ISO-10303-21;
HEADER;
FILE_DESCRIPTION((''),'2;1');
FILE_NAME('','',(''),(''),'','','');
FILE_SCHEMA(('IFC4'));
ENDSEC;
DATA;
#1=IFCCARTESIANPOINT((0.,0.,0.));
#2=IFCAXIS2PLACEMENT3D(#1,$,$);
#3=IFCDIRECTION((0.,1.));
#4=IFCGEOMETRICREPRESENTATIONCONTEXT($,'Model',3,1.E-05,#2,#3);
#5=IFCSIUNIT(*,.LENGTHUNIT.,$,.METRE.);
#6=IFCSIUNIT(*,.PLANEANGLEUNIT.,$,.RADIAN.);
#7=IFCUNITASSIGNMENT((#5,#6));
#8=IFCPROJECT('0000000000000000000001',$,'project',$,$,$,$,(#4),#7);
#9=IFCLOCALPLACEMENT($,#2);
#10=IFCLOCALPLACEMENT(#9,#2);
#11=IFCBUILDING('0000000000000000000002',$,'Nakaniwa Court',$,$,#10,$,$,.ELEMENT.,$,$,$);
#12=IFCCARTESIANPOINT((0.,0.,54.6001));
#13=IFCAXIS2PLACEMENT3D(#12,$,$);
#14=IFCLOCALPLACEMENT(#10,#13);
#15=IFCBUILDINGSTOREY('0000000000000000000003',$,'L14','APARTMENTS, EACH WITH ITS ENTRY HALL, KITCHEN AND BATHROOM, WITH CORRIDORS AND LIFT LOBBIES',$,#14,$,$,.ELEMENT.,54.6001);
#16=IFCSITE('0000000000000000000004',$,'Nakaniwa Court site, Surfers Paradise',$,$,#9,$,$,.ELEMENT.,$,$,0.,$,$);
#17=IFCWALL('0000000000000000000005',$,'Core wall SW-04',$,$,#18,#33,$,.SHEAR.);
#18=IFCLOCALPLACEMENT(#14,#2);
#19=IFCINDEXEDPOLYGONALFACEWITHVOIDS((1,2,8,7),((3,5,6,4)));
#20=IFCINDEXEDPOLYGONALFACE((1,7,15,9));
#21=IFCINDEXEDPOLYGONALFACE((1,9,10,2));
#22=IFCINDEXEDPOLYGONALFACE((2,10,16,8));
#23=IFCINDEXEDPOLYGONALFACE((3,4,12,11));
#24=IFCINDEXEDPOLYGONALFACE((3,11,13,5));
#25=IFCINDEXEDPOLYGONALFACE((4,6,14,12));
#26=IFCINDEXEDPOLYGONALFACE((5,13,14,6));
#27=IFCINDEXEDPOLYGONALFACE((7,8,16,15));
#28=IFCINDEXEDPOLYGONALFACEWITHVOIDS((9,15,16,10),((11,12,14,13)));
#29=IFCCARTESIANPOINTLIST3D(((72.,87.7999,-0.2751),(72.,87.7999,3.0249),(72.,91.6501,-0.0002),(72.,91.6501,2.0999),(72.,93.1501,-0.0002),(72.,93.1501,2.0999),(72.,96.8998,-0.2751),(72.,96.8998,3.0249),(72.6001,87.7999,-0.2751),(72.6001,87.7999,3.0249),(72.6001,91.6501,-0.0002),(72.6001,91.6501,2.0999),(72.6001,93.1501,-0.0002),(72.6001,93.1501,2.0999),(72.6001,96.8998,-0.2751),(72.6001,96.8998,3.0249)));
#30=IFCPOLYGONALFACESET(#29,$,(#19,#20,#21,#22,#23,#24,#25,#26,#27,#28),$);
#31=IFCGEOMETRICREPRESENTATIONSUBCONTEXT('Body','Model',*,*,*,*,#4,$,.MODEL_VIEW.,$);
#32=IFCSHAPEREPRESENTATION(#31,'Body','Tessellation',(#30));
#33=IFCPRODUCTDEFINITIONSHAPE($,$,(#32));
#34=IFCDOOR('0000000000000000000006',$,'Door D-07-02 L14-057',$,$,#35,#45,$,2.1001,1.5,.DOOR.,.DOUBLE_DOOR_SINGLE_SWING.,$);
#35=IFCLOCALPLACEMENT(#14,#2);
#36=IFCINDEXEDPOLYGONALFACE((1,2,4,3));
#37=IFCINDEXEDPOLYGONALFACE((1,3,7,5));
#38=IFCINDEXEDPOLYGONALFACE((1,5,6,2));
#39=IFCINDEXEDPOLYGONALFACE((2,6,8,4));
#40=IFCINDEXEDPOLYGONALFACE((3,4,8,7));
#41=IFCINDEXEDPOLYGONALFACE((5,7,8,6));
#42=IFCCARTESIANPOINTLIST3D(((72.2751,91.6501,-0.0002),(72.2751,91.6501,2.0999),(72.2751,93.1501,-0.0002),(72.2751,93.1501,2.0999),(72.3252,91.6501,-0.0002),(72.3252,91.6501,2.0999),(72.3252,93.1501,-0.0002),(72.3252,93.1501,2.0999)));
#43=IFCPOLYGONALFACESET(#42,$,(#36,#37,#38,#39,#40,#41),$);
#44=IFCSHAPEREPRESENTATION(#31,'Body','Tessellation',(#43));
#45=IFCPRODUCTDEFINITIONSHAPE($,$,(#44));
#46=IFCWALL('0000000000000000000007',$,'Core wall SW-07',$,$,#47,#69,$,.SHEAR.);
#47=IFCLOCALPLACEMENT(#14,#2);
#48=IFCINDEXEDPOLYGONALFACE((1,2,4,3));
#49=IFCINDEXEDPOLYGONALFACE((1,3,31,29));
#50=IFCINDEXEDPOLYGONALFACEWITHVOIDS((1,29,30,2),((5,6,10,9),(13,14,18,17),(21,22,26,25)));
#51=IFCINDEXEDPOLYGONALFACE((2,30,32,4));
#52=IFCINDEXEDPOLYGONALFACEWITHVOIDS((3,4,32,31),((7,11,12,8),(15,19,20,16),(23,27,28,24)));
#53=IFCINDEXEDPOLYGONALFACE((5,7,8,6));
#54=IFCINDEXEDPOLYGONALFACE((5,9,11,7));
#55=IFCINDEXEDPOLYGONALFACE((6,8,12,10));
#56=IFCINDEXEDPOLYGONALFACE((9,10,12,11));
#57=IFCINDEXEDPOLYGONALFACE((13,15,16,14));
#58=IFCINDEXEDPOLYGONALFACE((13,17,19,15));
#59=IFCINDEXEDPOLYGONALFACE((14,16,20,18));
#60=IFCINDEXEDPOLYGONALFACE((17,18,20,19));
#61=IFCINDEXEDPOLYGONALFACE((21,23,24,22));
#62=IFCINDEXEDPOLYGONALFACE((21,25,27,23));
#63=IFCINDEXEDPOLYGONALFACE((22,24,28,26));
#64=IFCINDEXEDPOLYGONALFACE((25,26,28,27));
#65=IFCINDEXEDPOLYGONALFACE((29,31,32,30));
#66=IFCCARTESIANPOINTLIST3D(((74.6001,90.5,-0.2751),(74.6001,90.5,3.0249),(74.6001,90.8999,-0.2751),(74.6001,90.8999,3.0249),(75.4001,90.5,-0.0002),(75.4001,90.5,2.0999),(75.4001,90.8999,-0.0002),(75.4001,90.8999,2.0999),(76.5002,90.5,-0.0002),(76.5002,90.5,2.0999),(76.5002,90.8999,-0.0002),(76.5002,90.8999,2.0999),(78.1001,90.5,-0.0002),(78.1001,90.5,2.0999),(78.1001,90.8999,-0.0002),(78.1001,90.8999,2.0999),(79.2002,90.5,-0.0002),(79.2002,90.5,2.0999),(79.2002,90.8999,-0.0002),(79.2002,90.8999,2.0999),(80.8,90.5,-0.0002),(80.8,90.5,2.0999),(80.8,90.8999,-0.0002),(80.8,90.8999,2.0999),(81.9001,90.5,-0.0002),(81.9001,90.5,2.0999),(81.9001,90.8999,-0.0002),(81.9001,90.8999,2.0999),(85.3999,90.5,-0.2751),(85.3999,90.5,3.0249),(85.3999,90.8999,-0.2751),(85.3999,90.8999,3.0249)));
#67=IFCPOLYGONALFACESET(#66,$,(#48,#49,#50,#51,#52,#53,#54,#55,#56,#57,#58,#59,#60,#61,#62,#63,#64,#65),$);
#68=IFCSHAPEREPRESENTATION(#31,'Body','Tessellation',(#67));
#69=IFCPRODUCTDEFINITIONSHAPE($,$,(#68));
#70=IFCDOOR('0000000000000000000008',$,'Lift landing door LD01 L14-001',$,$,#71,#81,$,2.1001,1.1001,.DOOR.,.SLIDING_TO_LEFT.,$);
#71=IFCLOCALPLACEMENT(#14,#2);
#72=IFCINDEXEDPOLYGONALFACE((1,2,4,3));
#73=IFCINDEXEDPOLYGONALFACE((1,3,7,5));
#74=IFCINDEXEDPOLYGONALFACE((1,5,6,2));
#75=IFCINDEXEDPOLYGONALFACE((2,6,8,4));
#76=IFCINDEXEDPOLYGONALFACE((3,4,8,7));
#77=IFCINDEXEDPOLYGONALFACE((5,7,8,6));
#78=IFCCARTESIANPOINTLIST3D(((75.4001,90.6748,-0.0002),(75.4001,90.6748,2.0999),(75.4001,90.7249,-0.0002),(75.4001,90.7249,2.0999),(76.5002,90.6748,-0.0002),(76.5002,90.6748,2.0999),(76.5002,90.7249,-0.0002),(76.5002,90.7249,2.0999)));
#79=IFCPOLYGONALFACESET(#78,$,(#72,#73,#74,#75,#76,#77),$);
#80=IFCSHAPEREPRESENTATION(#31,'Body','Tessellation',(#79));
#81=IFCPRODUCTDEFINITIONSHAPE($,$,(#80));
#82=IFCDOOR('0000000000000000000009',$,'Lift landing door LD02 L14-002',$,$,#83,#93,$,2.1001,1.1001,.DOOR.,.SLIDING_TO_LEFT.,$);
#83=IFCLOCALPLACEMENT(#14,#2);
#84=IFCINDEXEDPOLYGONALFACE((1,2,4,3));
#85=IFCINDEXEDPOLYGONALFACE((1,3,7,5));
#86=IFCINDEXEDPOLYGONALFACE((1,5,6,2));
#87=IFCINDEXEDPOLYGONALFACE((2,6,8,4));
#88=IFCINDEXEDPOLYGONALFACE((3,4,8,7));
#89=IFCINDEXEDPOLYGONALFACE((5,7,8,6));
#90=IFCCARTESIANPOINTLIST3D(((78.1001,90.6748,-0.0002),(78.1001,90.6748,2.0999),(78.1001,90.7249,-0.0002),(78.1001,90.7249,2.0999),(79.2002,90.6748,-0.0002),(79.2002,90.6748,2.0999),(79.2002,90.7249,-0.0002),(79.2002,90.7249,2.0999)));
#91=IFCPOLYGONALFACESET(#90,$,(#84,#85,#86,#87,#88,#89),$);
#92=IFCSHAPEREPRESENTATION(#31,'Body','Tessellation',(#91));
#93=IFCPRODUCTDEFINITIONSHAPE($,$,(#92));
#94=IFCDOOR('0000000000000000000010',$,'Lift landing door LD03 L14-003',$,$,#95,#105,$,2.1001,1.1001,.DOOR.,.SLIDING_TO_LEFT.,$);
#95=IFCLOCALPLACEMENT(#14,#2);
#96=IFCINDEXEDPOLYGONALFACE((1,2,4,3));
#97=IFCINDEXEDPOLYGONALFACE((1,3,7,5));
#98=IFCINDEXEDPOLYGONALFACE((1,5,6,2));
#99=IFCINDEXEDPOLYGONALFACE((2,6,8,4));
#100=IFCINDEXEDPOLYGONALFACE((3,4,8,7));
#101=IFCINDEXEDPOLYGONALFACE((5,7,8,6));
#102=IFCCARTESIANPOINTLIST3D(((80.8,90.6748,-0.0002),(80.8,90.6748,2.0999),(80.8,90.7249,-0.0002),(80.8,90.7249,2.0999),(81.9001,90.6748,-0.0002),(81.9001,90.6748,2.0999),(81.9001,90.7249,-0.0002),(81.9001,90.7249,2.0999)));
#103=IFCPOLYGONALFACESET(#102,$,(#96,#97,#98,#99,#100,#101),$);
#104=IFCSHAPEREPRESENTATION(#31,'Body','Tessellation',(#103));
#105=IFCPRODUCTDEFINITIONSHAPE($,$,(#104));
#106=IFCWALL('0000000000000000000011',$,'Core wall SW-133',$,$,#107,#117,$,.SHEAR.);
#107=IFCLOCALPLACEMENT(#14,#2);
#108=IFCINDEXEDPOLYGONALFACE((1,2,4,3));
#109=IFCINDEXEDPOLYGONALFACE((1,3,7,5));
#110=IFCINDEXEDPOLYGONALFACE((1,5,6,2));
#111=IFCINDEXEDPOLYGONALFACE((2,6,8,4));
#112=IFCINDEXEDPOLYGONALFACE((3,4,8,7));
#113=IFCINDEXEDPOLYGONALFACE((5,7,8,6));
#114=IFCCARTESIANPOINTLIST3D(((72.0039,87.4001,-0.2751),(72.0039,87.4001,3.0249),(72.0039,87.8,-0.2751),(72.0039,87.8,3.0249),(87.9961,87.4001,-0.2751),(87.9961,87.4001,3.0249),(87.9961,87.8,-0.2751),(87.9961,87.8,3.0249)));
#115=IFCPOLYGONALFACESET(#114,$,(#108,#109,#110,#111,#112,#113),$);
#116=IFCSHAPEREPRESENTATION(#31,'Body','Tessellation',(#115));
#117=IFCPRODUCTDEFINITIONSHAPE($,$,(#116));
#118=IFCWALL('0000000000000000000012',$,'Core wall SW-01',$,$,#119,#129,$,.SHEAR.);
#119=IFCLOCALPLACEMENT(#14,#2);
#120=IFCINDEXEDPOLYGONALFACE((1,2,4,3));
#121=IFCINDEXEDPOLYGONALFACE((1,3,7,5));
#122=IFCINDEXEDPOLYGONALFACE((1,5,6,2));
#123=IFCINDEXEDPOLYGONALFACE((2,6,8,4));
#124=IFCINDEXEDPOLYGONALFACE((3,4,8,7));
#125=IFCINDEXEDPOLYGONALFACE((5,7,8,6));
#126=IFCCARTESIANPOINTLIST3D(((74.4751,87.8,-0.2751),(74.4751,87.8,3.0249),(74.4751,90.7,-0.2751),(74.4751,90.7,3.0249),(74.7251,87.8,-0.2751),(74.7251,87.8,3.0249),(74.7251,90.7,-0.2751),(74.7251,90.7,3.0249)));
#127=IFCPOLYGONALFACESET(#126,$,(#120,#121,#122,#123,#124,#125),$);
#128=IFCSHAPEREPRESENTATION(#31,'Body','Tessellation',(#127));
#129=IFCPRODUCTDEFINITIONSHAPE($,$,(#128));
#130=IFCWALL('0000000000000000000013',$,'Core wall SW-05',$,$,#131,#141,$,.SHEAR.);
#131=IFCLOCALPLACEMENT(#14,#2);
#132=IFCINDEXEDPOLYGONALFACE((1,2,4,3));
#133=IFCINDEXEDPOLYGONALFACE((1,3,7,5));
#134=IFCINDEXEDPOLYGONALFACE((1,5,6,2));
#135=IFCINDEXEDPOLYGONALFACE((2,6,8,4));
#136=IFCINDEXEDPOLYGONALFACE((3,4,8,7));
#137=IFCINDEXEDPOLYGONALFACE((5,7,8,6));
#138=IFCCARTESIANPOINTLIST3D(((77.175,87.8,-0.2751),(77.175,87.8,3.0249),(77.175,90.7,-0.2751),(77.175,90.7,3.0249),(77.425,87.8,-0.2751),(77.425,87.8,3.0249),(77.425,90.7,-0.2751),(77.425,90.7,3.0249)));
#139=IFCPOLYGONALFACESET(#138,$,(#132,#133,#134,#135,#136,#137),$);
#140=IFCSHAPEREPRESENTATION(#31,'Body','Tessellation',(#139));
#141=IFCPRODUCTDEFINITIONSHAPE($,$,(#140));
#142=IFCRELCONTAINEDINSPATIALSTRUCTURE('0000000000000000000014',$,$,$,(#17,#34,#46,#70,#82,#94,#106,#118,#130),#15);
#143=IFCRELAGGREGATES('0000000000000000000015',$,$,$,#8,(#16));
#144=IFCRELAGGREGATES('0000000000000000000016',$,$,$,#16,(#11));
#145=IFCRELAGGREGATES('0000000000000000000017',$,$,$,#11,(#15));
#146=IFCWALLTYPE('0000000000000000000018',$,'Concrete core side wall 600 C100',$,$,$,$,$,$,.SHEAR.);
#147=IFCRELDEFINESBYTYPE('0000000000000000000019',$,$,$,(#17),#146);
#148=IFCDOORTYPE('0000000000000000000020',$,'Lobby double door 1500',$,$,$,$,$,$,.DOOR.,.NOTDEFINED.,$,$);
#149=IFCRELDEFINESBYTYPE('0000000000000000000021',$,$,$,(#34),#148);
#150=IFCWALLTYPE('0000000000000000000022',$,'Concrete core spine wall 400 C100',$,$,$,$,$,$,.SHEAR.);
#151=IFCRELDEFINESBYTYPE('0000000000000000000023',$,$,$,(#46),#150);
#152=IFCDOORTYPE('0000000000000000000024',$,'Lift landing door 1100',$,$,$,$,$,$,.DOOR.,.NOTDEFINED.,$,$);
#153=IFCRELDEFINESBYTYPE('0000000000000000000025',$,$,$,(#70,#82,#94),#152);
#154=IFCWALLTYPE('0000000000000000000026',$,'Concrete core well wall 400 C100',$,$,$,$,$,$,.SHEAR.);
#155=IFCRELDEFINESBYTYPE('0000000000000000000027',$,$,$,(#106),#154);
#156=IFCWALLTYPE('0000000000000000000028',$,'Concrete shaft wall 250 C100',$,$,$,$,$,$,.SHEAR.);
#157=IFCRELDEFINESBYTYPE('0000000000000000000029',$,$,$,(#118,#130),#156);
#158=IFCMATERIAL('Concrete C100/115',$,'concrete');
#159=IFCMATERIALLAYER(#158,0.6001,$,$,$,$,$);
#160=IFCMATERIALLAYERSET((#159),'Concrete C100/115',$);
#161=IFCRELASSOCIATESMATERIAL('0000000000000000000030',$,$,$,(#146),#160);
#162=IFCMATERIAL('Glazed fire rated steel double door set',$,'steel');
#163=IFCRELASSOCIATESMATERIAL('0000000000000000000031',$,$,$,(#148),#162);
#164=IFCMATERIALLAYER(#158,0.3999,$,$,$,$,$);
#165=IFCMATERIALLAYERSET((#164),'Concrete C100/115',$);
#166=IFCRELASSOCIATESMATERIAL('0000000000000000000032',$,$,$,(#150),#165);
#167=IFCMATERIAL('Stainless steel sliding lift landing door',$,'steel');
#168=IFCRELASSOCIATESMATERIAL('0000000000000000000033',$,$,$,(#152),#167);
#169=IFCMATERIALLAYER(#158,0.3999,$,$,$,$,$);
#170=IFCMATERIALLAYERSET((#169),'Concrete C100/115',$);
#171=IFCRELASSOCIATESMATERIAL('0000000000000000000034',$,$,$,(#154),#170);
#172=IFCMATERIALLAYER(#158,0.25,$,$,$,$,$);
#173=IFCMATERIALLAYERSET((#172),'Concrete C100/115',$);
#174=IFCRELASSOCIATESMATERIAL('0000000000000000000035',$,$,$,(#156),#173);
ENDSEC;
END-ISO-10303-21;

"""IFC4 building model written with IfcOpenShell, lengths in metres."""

from ifc_helpers import new_model, si_unit, direction, frame, frame_2d, origin, place, context, subcontext, project, spatial, rectangle, extrude, material, layer, layer_set, type_object, element, fill, save


model = new_model("IFC4")

# Units and contexts
model_context = context("Model", 3, precision=1e-05, world=origin(), true_north=direction((0.0, 1.0)))
body_context = subcontext(model_context, "Body", "Model", "MODEL_VIEW")
ifc_project = project(units=[si_unit("LENGTHUNIT", "METRE"), si_unit("PLANEANGLEUNIT", "RADIAN")], contexts=[model_context])

# Site, building, storey
site_placement = place(None, origin())
site = spatial("IfcSite", under=ifc_project, at=site_placement, Name="Nakaniwa Court site, Surfers Paradise", CompositionType="ELEMENT", RefElevation=0.0)
building_placement = place(site_placement, origin())
building = spatial("IfcBuilding", under=site, at=building_placement, Name="Nakaniwa Court", CompositionType="ELEMENT")
storey_placement = place(building_placement, frame((0.0, 0.0, 54.6001)))
storey = spatial("IfcBuildingStorey", under=building, at=storey_placement, Name="L14", Description="APARTMENTS, EACH WITH ITS ENTRY HALL, KITCHEN AND BATHROOM, WITH CORRIDORS AND LIFT LOBBIES", CompositionType="ELEMENT", Elevation=54.6001)

# Shared definitions
ifc_material_1 = material(Name="Concrete C100/115", Category="concrete")

# Wall, opening, door
ifc_layer_1 = layer(ifc_material_1, 0.6001)
ifc_layer_set_1 = layer_set([ifc_layer_1], Name="Concrete C100/115")
wall_type_1 = type_object("IfcWallType", Name="Concrete core side wall 600 C100", PredefinedType="SHEAR", material=ifc_layer_set_1)
wall_1_placement = place(storey_placement, frame((72.3, 87.8, -0.2751), z_axis=(0.0, 0.0, 1.0), x_axis=(0.0, 1.0, 0.0)))
wall_1 = element("IfcWall", 1, at=wall_1_placement, inside=storey, type_object=wall_type_1, Name="Core wall SW-04", PredefinedType="SHEAR", context=body_context, shape_type="SweptSolid", body=[
    extrude(rectangle(XDim=9.0999, YDim=0.6001, at=frame_2d((4.5498, 0.0))), origin(), (0.0, 0.0, 1.0), 3.3),
])
opening_1_placement = place(wall_1_placement, frame((3.8501, 0.0, 0.2749)))
opening_1 = element("IfcOpeningElement", 2, at=opening_1_placement, cuts=wall_1, PredefinedType="OPENING", context=body_context, shape_type="SweptSolid", body=[
    extrude(rectangle(XDim=1.5, YDim=2.1001, at=frame_2d((0.75, 1.05))), frame((0.0, 0.3101, 0.0), z_axis=(0.0, -1.0, 0.0), x_axis=(1.0, 0.0, 0.0)), (0.0, 0.0, 1.0), 0.6201),
])
ifc_material_2 = material(Name="Glazed fire rated steel double door set", Category="steel")
door_type_1 = type_object("IfcDoorType", Name="Lobby double door 1500", OperationType="NOTDEFINED", PredefinedType="DOOR", material=ifc_material_2)
door_1_placement = place(opening_1_placement, origin())
door_1 = element("IfcDoor", 3, at=door_1_placement, inside=storey, type_object=door_type_1, Name="Door D-07-02 L14-057", OperationType="DOUBLE_DOOR_SINGLE_SWING", OverallHeight=2.1001, OverallWidth=1.5, PredefinedType="DOOR", context=body_context, shape_type="SweptSolid", body=[
    extrude(rectangle(XDim=1.5, YDim=2.1001, at=frame_2d((0.75, 1.05))), frame((0.0, 0.0249, 0.0), z_axis=(0.0, -1.0, 0.0), x_axis=(1.0, 0.0, 0.0)), (0.0, 0.0, 1.0), 0.05),
])
fill(opening_1, door_1)

# Wall, openings, doors
ifc_layer_2 = layer(ifc_material_1, 0.3999)
ifc_layer_set_2 = layer_set([ifc_layer_2], Name="Concrete C100/115")
wall_type_2 = type_object("IfcWallType", Name="Concrete core spine wall 400 C100", PredefinedType="SHEAR", material=ifc_layer_set_2)
wall_2_placement = place(storey_placement, frame((74.6001, 90.7, -0.2751), z_axis=(0.0, 0.0, 1.0), x_axis=(1.0, 0.0, 0.0)))
wall_2 = element("IfcWall", 4, at=wall_2_placement, inside=storey, type_object=wall_type_2, Name="Core wall SW-07", PredefinedType="SHEAR", context=body_context, shape_type="SweptSolid", body=[
    extrude(rectangle(XDim=10.7998, YDim=0.3999, at=frame_2d((5.3999, 0.0))), origin(), (0.0, 0.0, 1.0), 3.3),
])
opening_2_placement = place(wall_2_placement, frame((0.8, 0.0, 0.2749)))
opening_2 = element("IfcOpeningElement", 5, at=opening_2_placement, cuts=wall_2, PredefinedType="OPENING", context=body_context, shape_type="SweptSolid", body=[
    extrude(rectangle(XDim=1.1001, YDim=2.1001, at=frame_2d((0.55, 1.05))), frame((0.0, 0.21, 0.0), z_axis=(0.0, -1.0, 0.0), x_axis=(1.0, 0.0, 0.0)), (0.0, 0.0, 1.0), 0.4199),
])
opening_3_placement = place(wall_2_placement, frame((3.5, 0.0, 0.2749)))
opening_3 = element("IfcOpeningElement", 6, at=opening_3_placement, cuts=wall_2, PredefinedType="OPENING", context=body_context, shape_type="SweptSolid", body=[
    extrude(rectangle(XDim=1.1001, YDim=2.1001, at=frame_2d((0.55, 1.05))), frame((0.0, 0.21, 0.0), z_axis=(0.0, -1.0, 0.0), x_axis=(1.0, 0.0, 0.0)), (0.0, 0.0, 1.0), 0.4199),
])
opening_4_placement = place(wall_2_placement, frame((6.2, 0.0, 0.2749)))
opening_4 = element("IfcOpeningElement", 7, at=opening_4_placement, cuts=wall_2, PredefinedType="OPENING", context=body_context, shape_type="SweptSolid", body=[
    extrude(rectangle(XDim=1.1001, YDim=2.1001, at=frame_2d((0.55, 1.05))), frame((0.0, 0.21, 0.0), z_axis=(0.0, -1.0, 0.0), x_axis=(1.0, 0.0, 0.0)), (0.0, 0.0, 1.0), 0.4199),
])
ifc_material_3 = material(Name="Stainless steel sliding lift landing door", Category="steel")
door_type_2 = type_object("IfcDoorType", Name="Lift landing door 1100", OperationType="NOTDEFINED", PredefinedType="DOOR", material=ifc_material_3)
door_2_placement = place(opening_2_placement, origin())
door_2 = element("IfcDoor", 8, at=door_2_placement, inside=storey, type_object=door_type_2, Name="Lift landing door LD01 L14-001", OperationType="SLIDING_TO_LEFT", OverallHeight=2.1001, OverallWidth=1.1001, PredefinedType="DOOR", context=body_context, shape_type="SweptSolid", body=[
    extrude(rectangle(XDim=1.1001, YDim=2.1001, at=frame_2d((0.55, 1.05))), frame((0.0, 0.0249, 0.0), z_axis=(0.0, -1.0, 0.0), x_axis=(1.0, 0.0, 0.0)), (0.0, 0.0, 1.0), 0.05),
])
fill(opening_2, door_2)
door_3_placement = place(opening_3_placement, origin())
door_3 = element("IfcDoor", 9, at=door_3_placement, inside=storey, type_object=door_type_2, Name="Lift landing door LD02 L14-002", OperationType="SLIDING_TO_LEFT", OverallHeight=2.1001, OverallWidth=1.1001, PredefinedType="DOOR", context=body_context, shape_type="SweptSolid", body=[
    extrude(rectangle(XDim=1.1001, YDim=2.1001, at=frame_2d((0.55, 1.05))), frame((0.0, 0.0249, 0.0), z_axis=(0.0, -1.0, 0.0), x_axis=(1.0, 0.0, 0.0)), (0.0, 0.0, 1.0), 0.05),
])
fill(opening_3, door_3)
door_4_placement = place(opening_4_placement, origin())
door_4 = element("IfcDoor", 10, at=door_4_placement, inside=storey, type_object=door_type_2, Name="Lift landing door LD03 L14-003", OperationType="SLIDING_TO_LEFT", OverallHeight=2.1001, OverallWidth=1.1001, PredefinedType="DOOR", context=body_context, shape_type="SweptSolid", body=[
    extrude(rectangle(XDim=1.1001, YDim=2.1001, at=frame_2d((0.55, 1.05))), frame((0.0, 0.0249, 0.0), z_axis=(0.0, -1.0, 0.0), x_axis=(1.0, 0.0, 0.0)), (0.0, 0.0, 1.0), 0.05),
])
fill(opening_4, door_4)

# Walls
ifc_layer_3 = layer(ifc_material_1, 0.3999)
ifc_layer_set_3 = layer_set([ifc_layer_3], Name="Concrete C100/115")
wall_type_3 = type_object("IfcWallType", Name="Concrete core well wall 400 C100", PredefinedType="SHEAR", material=ifc_layer_set_3)
wall_3_placement = place(storey_placement, frame((72.0039, 87.6001, -0.2751), z_axis=(0.0, 0.0, 1.0), x_axis=(1.0, 0.0, 0.0)))
element("IfcWall", 11, at=wall_3_placement, inside=storey, type_object=wall_type_3, Name="Core wall SW-133", PredefinedType="SHEAR", context=body_context, shape_type="SweptSolid", body=[
    extrude(rectangle(XDim=15.9922, YDim=0.3999, at=frame_2d((7.9961, 0.0))), origin(), (0.0, 0.0, 1.0), 3.3),
])
ifc_layer_4 = layer(ifc_material_1, 0.25)
ifc_layer_set_4 = layer_set([ifc_layer_4], Name="Concrete C100/115")
wall_type_4 = type_object("IfcWallType", Name="Concrete shaft wall 250 C100", PredefinedType="SHEAR", material=ifc_layer_set_4)
for number, where, z_axis, x_axis, name in (
    (12, (74.6001, 87.8, -0.2751), (0.0, 0.0, 1.0), (0.0, 1.0, 0.0), "Core wall SW-01"),
    (13, (77.3, 87.8, -0.2751), (0.0, 0.0, 1.0), (0.0, 1.0, 0.0), "Core wall SW-05"),
):
    element("IfcWall", number, at=place(storey_placement, frame(where, z_axis=z_axis, x_axis=x_axis)), inside=storey, type_object=wall_type_4, Name=name, PredefinedType="SHEAR", context=body_context, shape_type="SweptSolid", body=[
        extrude(rectangle(XDim=2.8999, YDim=0.25, at=frame_2d((1.45, 0.0))), origin(), (0.0, 0.0, 1.0), 3.3),
    ])

save(model, "model.ifc")
